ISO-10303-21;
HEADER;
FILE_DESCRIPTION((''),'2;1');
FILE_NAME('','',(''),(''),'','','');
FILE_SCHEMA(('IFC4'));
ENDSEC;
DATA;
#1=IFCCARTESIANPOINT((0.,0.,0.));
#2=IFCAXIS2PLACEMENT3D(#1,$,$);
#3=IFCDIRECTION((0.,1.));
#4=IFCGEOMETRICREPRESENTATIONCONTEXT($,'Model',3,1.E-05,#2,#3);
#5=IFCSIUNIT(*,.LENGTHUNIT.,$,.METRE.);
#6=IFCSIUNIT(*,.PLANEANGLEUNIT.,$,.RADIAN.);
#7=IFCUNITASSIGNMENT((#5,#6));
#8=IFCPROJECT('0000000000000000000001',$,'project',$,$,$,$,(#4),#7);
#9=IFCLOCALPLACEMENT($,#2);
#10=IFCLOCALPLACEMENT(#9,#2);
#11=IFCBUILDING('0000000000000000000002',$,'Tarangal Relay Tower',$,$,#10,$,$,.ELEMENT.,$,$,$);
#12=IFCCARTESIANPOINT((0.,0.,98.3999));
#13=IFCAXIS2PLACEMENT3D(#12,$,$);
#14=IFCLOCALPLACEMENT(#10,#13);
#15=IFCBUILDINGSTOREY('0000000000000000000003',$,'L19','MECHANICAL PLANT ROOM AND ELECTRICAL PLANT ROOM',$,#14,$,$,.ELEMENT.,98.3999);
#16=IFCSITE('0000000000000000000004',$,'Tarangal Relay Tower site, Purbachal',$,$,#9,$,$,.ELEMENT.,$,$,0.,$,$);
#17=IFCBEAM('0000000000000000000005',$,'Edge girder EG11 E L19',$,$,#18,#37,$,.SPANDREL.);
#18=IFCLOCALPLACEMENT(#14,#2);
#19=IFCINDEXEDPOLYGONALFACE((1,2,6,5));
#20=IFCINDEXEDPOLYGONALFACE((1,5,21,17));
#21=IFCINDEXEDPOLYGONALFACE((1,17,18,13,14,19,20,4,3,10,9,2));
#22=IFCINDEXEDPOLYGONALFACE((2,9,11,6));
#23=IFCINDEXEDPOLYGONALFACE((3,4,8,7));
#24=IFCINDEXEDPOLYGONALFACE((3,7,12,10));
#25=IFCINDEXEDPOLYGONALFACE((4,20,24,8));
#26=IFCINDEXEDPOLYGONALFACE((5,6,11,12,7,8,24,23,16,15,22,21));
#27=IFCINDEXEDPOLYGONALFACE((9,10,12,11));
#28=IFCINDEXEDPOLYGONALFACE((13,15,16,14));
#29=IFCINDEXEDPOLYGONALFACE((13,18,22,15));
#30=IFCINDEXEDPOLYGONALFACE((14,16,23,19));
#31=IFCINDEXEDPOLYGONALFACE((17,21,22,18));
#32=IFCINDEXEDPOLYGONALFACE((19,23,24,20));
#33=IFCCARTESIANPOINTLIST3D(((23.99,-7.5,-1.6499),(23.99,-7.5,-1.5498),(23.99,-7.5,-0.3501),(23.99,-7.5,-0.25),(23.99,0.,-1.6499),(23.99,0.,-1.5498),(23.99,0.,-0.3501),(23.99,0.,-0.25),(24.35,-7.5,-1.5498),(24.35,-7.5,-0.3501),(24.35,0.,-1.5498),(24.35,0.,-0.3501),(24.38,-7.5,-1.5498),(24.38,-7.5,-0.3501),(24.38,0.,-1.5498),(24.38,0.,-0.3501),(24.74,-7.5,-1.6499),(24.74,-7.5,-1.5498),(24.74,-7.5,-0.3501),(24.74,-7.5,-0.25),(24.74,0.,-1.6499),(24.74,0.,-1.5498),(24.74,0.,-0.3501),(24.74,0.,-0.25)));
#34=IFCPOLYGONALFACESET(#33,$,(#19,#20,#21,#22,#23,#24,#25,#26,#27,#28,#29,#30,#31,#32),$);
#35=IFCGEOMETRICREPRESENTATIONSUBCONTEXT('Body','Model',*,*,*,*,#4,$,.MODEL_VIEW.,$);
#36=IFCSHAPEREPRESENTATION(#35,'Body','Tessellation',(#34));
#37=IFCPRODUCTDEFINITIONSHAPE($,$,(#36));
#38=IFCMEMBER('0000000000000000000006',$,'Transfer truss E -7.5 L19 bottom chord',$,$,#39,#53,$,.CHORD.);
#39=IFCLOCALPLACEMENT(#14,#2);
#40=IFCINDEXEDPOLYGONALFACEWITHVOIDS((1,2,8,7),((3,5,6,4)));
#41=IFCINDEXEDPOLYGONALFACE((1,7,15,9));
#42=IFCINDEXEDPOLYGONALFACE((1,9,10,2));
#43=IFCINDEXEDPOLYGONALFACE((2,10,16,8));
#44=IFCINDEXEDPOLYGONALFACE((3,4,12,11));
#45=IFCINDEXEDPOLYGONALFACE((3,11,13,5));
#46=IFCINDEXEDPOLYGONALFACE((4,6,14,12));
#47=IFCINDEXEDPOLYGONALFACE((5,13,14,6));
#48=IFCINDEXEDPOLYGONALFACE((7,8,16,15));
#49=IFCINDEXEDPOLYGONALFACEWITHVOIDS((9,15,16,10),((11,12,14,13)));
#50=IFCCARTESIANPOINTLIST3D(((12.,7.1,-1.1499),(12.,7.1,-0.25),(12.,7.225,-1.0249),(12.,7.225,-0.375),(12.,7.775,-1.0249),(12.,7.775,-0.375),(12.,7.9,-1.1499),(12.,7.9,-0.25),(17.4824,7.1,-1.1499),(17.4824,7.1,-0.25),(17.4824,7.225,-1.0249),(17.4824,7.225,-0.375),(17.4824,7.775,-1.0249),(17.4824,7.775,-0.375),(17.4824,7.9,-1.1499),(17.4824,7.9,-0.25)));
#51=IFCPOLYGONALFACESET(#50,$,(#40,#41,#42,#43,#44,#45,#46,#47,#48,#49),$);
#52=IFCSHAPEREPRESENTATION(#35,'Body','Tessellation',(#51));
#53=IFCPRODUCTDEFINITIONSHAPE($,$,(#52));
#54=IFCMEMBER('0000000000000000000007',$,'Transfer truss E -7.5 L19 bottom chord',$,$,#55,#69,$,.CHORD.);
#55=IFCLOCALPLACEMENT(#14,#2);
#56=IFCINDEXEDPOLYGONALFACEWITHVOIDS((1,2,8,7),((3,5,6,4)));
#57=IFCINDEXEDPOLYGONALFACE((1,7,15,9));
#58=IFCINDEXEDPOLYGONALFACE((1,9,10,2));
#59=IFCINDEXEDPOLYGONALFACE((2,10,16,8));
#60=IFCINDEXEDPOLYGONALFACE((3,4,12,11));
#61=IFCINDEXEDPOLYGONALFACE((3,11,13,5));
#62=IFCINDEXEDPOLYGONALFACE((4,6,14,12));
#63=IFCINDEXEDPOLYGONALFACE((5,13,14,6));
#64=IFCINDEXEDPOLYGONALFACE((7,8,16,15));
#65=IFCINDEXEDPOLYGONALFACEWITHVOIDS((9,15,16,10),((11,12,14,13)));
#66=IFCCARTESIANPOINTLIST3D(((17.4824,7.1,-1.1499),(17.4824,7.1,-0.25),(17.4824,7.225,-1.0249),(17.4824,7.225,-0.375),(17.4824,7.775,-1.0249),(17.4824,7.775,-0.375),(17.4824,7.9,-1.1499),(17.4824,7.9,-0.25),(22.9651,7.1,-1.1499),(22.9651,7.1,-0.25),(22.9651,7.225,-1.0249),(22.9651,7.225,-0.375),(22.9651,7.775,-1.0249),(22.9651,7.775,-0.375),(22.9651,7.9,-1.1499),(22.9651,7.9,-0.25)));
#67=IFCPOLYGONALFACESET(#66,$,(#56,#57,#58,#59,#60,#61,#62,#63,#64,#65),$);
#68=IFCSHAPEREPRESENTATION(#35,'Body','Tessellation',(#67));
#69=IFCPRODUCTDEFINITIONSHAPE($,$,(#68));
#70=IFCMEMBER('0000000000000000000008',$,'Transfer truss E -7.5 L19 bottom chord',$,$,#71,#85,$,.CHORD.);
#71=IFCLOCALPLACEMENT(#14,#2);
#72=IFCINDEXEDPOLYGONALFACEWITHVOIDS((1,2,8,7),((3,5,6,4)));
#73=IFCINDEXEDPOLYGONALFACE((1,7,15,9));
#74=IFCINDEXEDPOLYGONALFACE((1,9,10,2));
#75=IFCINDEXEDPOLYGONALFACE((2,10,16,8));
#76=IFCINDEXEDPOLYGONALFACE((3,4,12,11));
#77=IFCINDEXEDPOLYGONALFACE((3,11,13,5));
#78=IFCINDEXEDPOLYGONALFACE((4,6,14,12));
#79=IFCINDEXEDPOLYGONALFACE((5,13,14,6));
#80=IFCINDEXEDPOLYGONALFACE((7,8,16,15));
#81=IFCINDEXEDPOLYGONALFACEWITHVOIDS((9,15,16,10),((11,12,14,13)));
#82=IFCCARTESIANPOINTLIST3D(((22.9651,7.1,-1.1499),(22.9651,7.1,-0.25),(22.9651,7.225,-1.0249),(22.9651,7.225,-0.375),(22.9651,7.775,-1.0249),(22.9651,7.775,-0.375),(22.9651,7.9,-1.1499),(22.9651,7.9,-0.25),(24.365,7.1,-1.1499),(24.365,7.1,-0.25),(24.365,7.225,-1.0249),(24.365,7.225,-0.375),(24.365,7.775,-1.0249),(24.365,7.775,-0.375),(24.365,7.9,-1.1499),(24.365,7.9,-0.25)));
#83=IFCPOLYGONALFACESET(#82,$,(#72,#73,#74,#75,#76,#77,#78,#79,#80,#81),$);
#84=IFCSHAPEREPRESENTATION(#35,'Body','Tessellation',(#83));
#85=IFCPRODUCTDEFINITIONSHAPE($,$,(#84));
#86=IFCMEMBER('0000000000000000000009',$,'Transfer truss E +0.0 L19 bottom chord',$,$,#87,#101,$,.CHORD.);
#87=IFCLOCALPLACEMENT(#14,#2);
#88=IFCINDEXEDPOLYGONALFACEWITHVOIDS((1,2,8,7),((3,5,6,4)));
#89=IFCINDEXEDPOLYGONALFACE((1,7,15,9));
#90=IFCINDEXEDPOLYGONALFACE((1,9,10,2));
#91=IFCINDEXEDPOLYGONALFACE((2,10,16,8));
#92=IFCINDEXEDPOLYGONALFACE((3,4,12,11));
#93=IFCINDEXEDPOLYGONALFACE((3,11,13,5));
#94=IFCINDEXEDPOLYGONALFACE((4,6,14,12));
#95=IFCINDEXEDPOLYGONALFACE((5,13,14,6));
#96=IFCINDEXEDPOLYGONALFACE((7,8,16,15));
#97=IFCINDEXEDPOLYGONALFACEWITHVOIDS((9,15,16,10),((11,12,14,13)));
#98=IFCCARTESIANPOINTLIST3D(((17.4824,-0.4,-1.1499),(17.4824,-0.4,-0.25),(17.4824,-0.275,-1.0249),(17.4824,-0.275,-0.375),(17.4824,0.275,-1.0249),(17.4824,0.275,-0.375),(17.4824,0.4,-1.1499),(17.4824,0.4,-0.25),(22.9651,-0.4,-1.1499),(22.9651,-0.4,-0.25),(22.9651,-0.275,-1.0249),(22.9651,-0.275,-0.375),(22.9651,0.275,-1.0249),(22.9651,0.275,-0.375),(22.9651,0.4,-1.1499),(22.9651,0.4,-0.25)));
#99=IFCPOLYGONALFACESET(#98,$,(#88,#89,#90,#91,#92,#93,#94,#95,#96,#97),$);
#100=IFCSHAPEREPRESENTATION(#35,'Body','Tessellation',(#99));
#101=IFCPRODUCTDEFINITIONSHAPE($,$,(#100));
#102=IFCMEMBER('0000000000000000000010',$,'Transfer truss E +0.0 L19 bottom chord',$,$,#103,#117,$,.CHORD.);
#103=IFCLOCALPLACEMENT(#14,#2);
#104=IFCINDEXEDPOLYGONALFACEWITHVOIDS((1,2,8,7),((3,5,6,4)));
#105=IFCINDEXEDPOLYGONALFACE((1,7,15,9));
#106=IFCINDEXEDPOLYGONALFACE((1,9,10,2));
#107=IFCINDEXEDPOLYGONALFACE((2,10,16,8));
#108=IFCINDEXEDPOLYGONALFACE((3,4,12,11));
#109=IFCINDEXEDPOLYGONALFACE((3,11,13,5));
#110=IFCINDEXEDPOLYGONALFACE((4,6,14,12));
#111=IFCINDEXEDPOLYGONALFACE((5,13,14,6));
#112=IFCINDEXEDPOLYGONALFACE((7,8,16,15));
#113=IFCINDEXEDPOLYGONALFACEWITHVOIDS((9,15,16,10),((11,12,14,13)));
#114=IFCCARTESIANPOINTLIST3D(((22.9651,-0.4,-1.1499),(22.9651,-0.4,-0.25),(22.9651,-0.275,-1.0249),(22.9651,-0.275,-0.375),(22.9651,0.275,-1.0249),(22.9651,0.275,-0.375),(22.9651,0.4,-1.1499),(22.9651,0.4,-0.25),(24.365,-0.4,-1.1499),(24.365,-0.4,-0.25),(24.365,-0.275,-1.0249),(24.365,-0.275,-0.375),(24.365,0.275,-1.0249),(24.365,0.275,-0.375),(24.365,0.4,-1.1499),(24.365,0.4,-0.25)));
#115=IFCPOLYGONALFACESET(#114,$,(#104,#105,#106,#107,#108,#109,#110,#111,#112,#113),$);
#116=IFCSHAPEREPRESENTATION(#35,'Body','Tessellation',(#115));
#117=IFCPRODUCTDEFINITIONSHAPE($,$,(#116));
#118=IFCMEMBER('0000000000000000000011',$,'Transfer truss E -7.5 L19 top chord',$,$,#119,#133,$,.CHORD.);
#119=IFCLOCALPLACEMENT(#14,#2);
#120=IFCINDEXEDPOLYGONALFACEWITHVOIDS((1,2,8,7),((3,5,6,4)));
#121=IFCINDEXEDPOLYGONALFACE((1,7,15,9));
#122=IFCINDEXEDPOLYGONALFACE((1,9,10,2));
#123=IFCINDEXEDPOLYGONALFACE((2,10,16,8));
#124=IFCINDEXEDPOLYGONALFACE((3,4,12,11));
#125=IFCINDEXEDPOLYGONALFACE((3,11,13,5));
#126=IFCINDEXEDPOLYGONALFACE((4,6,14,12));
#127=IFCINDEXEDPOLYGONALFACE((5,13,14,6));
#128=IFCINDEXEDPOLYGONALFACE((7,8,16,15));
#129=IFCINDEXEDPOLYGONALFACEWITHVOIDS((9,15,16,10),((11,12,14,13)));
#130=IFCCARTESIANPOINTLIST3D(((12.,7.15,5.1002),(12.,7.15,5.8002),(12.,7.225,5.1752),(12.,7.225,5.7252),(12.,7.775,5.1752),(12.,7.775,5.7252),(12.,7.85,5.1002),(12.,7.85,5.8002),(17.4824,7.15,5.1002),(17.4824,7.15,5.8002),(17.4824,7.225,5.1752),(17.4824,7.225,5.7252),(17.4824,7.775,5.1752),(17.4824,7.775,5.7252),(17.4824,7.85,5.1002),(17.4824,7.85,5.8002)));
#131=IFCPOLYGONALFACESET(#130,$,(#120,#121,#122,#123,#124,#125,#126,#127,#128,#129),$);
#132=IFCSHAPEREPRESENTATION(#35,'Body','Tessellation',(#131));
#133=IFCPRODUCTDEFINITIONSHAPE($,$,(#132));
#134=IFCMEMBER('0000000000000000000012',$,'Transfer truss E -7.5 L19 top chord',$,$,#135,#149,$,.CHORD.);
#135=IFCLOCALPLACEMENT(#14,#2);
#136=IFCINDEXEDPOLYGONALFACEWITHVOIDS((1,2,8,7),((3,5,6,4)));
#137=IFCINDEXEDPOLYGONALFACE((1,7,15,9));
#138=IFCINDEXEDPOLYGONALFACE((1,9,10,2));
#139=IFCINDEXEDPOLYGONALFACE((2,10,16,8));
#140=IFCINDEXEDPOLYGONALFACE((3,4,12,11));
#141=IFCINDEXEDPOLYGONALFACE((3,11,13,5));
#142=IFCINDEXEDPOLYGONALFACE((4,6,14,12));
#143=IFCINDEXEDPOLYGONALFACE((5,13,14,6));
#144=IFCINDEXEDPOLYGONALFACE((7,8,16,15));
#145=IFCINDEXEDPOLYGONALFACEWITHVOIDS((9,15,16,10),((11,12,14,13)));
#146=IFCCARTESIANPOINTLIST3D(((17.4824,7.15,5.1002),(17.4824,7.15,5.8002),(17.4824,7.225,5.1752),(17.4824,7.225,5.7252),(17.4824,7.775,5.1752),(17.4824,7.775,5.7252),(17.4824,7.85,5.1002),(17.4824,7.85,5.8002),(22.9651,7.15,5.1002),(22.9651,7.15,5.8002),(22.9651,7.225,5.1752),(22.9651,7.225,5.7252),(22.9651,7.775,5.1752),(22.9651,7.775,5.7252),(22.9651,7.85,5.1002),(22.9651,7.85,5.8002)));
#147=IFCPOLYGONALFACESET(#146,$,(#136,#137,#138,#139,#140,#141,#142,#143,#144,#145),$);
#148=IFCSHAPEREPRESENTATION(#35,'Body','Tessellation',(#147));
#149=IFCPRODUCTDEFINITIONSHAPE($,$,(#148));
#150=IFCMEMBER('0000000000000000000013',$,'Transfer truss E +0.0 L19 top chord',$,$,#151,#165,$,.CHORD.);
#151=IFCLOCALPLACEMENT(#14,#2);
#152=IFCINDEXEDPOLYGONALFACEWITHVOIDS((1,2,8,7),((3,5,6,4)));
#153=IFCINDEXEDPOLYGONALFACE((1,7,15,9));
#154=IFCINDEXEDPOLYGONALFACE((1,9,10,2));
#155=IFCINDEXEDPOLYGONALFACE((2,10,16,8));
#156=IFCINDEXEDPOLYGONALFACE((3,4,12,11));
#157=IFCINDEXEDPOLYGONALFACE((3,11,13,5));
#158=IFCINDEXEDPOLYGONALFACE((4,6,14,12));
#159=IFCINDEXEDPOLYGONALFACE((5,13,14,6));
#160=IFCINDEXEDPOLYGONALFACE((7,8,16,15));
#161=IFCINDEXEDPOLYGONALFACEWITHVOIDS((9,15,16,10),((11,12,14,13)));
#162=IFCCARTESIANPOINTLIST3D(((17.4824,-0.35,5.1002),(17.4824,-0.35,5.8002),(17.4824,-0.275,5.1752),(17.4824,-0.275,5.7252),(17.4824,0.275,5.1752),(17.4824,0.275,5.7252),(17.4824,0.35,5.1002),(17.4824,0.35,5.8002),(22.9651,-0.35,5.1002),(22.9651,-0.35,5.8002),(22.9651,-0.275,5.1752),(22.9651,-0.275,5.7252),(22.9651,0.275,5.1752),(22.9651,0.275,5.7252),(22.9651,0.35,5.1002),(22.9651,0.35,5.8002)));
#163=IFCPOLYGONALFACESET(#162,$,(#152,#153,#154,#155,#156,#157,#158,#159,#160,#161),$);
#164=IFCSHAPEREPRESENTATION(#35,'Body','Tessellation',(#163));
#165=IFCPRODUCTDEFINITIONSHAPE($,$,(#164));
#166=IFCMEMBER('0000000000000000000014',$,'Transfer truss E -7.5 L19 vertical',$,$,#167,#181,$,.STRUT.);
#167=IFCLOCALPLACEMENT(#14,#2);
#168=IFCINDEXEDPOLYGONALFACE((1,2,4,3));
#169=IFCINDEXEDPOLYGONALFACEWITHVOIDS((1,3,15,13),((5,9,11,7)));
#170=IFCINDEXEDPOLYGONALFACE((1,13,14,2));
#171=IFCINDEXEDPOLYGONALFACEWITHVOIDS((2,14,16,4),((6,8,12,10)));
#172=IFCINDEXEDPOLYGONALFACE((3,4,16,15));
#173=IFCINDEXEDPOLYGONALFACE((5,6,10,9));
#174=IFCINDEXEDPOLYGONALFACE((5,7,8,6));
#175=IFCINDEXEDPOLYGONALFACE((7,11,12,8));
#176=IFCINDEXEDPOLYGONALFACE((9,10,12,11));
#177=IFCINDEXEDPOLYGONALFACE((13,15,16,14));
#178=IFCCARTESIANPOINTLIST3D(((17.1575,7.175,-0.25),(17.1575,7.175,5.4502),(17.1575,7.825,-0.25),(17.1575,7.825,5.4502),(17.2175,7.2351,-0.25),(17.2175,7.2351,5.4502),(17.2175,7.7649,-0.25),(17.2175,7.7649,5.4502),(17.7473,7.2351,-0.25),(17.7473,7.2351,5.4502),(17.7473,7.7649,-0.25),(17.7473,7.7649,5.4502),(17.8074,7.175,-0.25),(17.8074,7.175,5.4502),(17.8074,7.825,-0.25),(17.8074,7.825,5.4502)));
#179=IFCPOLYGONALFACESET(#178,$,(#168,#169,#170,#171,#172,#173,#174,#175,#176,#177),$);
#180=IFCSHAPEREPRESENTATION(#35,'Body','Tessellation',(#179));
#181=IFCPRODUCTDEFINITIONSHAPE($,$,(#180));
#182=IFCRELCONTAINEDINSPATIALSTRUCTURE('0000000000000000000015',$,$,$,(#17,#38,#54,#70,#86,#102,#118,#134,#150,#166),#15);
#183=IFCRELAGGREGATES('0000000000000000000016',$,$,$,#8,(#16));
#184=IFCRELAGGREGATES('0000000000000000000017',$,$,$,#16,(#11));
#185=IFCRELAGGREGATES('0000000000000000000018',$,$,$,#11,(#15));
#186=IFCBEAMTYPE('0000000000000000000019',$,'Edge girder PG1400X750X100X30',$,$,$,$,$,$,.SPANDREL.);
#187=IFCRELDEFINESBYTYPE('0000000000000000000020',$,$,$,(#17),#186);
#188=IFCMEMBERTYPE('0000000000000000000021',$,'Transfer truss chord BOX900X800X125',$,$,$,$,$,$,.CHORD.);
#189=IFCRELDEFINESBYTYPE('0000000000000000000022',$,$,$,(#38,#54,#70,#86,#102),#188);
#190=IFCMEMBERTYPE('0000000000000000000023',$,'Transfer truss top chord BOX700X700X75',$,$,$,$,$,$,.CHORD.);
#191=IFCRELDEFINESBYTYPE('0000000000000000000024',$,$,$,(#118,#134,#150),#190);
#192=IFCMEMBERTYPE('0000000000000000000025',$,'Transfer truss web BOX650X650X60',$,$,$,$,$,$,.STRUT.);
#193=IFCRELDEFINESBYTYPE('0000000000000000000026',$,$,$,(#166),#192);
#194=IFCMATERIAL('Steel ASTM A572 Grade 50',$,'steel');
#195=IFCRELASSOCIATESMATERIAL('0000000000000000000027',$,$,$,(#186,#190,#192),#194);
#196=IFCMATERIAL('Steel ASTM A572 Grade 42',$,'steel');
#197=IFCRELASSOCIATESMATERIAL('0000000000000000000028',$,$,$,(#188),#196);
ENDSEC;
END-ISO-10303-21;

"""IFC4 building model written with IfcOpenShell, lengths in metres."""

from ifc_helpers import new_model, si_unit, direction, frame, origin, origin_2d, place, context, subcontext, project, spatial, hollow_rectangle, i_section, extrude, material, material_profile, profile_set, type_object, element, save


model = new_model("IFC4")

# Units and contexts
model_context = context("Model", 3, precision=1e-05, world=origin(), true_north=direction((0.0, 1.0)))
body_context = subcontext(model_context, "Body", "Model", "MODEL_VIEW")
ifc_project = project(units=[si_unit("LENGTHUNIT", "METRE"), si_unit("PLANEANGLEUNIT", "RADIAN")], contexts=[model_context])

# Site, building, storey
site_placement = place(None, origin())
site = spatial("IfcSite", under=ifc_project, at=site_placement, Name="Tarangal Relay Tower site, Purbachal", CompositionType="ELEMENT", RefElevation=0.0)
building_placement = place(site_placement, origin())
building = spatial("IfcBuilding", under=site, at=building_placement, Name="Tarangal Relay Tower", CompositionType="ELEMENT")
storey_placement = place(building_placement, frame((0.0, 0.0, 98.3999)))
storey = spatial("IfcBuildingStorey", under=building, at=storey_placement, Name="L19", Description="MECHANICAL PLANT ROOM AND ELECTRICAL PLANT ROOM", CompositionType="ELEMENT", Elevation=98.3999)

# Shared definitions
ifc_material_1 = material(Name="Steel ASTM A572 Grade 50", Category="steel")

# Beam
ifc_material_profile_1 = material_profile(ifc_material_1, i_section(OverallWidth=0.75, OverallDepth=1.3999, WebThickness=0.03, FlangeThickness=0.1001, at=origin_2d()), Name="PG1400X750X100X30")
ifc_profile_set_1 = profile_set([ifc_material_profile_1], Name="Steel ASTM A572 Grade 50")
beam_type = type_object("IfcBeamType", Name="Edge girder PG1400X750X100X30", PredefinedType="SPANDREL", material=ifc_profile_set_1)
beam_placement = place(storey_placement, frame((24.365, 0.0, -0.95), z_axis=(0.0, -1.0, 0.0), x_axis=(1.0, 0.0, 0.0)))
element("IfcBeam", 1, at=beam_placement, inside=storey, type_object=beam_type, Name="Edge girder EG11 E L19", PredefinedType="SPANDREL", context=body_context, shape_type="SweptSolid", body=[
    extrude(i_section(OverallWidth=0.75, OverallDepth=1.3999, WebThickness=0.03, FlangeThickness=0.1001, at=origin_2d()), origin(), (0.0, 0.0, 1.0), 7.5),
])

# Members
ifc_material_2 = material(Name="Steel ASTM A572 Grade 42", Category="steel")
ifc_material_profile_2 = material_profile(ifc_material_2, hollow_rectangle(XDim=0.8, YDim=0.8999, WallThickness=0.125, at=origin_2d()), Name="BOX900X800X125")
ifc_profile_set_2 = profile_set([ifc_material_profile_2], Name="Steel ASTM A572 Grade 42")
member_type_1 = type_object("IfcMemberType", Name="Transfer truss chord BOX900X800X125", PredefinedType="CHORD", material=ifc_profile_set_2)
member_1_placement = place(storey_placement, frame((12.0, 7.5, -0.7), z_axis=(1.0, 0.0, 0.0), x_axis=(0.0, 1.0, 0.0)))
element("IfcMember", 2, at=member_1_placement, inside=storey, type_object=member_type_1, Name="Transfer truss E -7.5 L19 bottom chord", PredefinedType="CHORD", context=body_context, shape_type="SweptSolid", body=[
    extrude(hollow_rectangle(XDim=0.8, YDim=0.8999, WallThickness=0.125, at=origin_2d()), origin(), (0.0, 0.0, 1.0), 5.4824),
])
member_2_placement = place(storey_placement, frame((17.4824, 7.5, -0.7), z_axis=(1.0, 0.0, 0.0), x_axis=(0.0, 1.0, 0.0)))
element("IfcMember", 3, at=member_2_placement, inside=storey, type_object=member_type_1, Name="Transfer truss E -7.5 L19 bottom chord", PredefinedType="CHORD", context=body_context, shape_type="SweptSolid", body=[
    extrude(hollow_rectangle(XDim=0.8, YDim=0.8999, WallThickness=0.125, at=origin_2d()), origin(), (0.0, 0.0, 1.0), 5.4827),
])
member_3_placement = place(storey_placement, frame((22.9651, 7.5, -0.7), z_axis=(1.0, 0.0, 0.0), x_axis=(0.0, 1.0, 0.0)))
element("IfcMember", 4, at=member_3_placement, inside=storey, type_object=member_type_1, Name="Transfer truss E -7.5 L19 bottom chord", PredefinedType="CHORD", context=body_context, shape_type="SweptSolid", body=[
    extrude(hollow_rectangle(XDim=0.8, YDim=0.8999, WallThickness=0.125, at=origin_2d()), origin(), (0.0, 0.0, 1.0), 1.3999),
])
member_4_placement = place(storey_placement, frame((17.4824, 0.0, -0.7), z_axis=(1.0, 0.0, 0.0), x_axis=(0.0, 1.0, 0.0)))
element("IfcMember", 5, at=member_4_placement, inside=storey, type_object=member_type_1, Name="Transfer truss E +0.0 L19 bottom chord", PredefinedType="CHORD", context=body_context, shape_type="SweptSolid", body=[
    extrude(hollow_rectangle(XDim=0.8, YDim=0.8999, WallThickness=0.125, at=origin_2d()), origin(), (0.0, 0.0, 1.0), 5.4827),
])
member_5_placement = place(storey_placement, frame((22.9651, 0.0, -0.7), z_axis=(1.0, 0.0, 0.0), x_axis=(0.0, 1.0, 0.0)))
element("IfcMember", 6, at=member_5_placement, inside=storey, type_object=member_type_1, Name="Transfer truss E +0.0 L19 bottom chord", PredefinedType="CHORD", context=body_context, shape_type="SweptSolid", body=[
    extrude(hollow_rectangle(XDim=0.8, YDim=0.8999, WallThickness=0.125, at=origin_2d()), origin(), (0.0, 0.0, 1.0), 1.3999),
])
ifc_material_profile_3 = material_profile(ifc_material_1, hollow_rectangle(XDim=0.7, YDim=0.7, WallThickness=0.075, at=origin_2d()), Name="BOX700X700X75")
ifc_profile_set_3 = profile_set([ifc_material_profile_3], Name="Steel ASTM A572 Grade 50")
member_type_2 = type_object("IfcMemberType", Name="Transfer truss top chord BOX700X700X75", PredefinedType="CHORD", material=ifc_profile_set_3)
member_6_placement = place(storey_placement, frame((12.0, 7.5, 5.4502), z_axis=(1.0, 0.0, 0.0), x_axis=(0.0, 1.0, 0.0)))
element("IfcMember", 7, at=member_6_placement, inside=storey, type_object=member_type_2, Name="Transfer truss E -7.5 L19 top chord", PredefinedType="CHORD", context=body_context, shape_type="SweptSolid", body=[
    extrude(hollow_rectangle(XDim=0.7, YDim=0.7, WallThickness=0.075, at=origin_2d()), origin(), (0.0, 0.0, 1.0), 5.4824),
])
for number, where, z_axis, x_axis, name in (
    (8, (17.4824, 7.5, 5.4502), (1.0, 0.0, 0.0), (0.0, 1.0, 0.0), "Transfer truss E -7.5 L19 top chord"),
    (9, (17.4824, 0.0, 5.4502), (1.0, 0.0, 0.0), (0.0, 1.0, 0.0), "Transfer truss E +0.0 L19 top chord"),
):
    element("IfcMember", number, at=place(storey_placement, frame(where, z_axis=z_axis, x_axis=x_axis)), inside=storey, type_object=member_type_2, Name=name, PredefinedType="CHORD", context=body_context, shape_type="SweptSolid", body=[
        extrude(hollow_rectangle(XDim=0.7, YDim=0.7, WallThickness=0.075, at=origin_2d()), origin(), (0.0, 0.0, 1.0), 5.4827),
    ])
ifc_material_profile_4 = material_profile(ifc_material_1, hollow_rectangle(XDim=0.6499, YDim=0.6499, WallThickness=0.0601, at=origin_2d()), Name="BOX650X650X60")
ifc_profile_set_4 = profile_set([ifc_material_profile_4], Name="Steel ASTM A572 Grade 50")
member_type_3 = type_object("IfcMemberType", Name="Transfer truss web BOX650X650X60", PredefinedType="STRUT", material=ifc_profile_set_4)
member_7_placement = place(storey_placement, frame((17.4824, 7.5, -0.25), z_axis=(0.0, 0.0, 1.0), x_axis=(1.0, 0.0, 0.0)))
element("IfcMember", 10, at=member_7_placement, inside=storey, type_object=member_type_3, Name="Transfer truss E -7.5 L19 vertical", PredefinedType="STRUT", context=body_context, shape_type="SweptSolid", body=[
    extrude(hollow_rectangle(XDim=0.6499, YDim=0.6499, WallThickness=0.0601, at=origin_2d()), origin(), (0.0, 0.0, 1.0), 5.7002),
])

save(model, "model.ifc")
